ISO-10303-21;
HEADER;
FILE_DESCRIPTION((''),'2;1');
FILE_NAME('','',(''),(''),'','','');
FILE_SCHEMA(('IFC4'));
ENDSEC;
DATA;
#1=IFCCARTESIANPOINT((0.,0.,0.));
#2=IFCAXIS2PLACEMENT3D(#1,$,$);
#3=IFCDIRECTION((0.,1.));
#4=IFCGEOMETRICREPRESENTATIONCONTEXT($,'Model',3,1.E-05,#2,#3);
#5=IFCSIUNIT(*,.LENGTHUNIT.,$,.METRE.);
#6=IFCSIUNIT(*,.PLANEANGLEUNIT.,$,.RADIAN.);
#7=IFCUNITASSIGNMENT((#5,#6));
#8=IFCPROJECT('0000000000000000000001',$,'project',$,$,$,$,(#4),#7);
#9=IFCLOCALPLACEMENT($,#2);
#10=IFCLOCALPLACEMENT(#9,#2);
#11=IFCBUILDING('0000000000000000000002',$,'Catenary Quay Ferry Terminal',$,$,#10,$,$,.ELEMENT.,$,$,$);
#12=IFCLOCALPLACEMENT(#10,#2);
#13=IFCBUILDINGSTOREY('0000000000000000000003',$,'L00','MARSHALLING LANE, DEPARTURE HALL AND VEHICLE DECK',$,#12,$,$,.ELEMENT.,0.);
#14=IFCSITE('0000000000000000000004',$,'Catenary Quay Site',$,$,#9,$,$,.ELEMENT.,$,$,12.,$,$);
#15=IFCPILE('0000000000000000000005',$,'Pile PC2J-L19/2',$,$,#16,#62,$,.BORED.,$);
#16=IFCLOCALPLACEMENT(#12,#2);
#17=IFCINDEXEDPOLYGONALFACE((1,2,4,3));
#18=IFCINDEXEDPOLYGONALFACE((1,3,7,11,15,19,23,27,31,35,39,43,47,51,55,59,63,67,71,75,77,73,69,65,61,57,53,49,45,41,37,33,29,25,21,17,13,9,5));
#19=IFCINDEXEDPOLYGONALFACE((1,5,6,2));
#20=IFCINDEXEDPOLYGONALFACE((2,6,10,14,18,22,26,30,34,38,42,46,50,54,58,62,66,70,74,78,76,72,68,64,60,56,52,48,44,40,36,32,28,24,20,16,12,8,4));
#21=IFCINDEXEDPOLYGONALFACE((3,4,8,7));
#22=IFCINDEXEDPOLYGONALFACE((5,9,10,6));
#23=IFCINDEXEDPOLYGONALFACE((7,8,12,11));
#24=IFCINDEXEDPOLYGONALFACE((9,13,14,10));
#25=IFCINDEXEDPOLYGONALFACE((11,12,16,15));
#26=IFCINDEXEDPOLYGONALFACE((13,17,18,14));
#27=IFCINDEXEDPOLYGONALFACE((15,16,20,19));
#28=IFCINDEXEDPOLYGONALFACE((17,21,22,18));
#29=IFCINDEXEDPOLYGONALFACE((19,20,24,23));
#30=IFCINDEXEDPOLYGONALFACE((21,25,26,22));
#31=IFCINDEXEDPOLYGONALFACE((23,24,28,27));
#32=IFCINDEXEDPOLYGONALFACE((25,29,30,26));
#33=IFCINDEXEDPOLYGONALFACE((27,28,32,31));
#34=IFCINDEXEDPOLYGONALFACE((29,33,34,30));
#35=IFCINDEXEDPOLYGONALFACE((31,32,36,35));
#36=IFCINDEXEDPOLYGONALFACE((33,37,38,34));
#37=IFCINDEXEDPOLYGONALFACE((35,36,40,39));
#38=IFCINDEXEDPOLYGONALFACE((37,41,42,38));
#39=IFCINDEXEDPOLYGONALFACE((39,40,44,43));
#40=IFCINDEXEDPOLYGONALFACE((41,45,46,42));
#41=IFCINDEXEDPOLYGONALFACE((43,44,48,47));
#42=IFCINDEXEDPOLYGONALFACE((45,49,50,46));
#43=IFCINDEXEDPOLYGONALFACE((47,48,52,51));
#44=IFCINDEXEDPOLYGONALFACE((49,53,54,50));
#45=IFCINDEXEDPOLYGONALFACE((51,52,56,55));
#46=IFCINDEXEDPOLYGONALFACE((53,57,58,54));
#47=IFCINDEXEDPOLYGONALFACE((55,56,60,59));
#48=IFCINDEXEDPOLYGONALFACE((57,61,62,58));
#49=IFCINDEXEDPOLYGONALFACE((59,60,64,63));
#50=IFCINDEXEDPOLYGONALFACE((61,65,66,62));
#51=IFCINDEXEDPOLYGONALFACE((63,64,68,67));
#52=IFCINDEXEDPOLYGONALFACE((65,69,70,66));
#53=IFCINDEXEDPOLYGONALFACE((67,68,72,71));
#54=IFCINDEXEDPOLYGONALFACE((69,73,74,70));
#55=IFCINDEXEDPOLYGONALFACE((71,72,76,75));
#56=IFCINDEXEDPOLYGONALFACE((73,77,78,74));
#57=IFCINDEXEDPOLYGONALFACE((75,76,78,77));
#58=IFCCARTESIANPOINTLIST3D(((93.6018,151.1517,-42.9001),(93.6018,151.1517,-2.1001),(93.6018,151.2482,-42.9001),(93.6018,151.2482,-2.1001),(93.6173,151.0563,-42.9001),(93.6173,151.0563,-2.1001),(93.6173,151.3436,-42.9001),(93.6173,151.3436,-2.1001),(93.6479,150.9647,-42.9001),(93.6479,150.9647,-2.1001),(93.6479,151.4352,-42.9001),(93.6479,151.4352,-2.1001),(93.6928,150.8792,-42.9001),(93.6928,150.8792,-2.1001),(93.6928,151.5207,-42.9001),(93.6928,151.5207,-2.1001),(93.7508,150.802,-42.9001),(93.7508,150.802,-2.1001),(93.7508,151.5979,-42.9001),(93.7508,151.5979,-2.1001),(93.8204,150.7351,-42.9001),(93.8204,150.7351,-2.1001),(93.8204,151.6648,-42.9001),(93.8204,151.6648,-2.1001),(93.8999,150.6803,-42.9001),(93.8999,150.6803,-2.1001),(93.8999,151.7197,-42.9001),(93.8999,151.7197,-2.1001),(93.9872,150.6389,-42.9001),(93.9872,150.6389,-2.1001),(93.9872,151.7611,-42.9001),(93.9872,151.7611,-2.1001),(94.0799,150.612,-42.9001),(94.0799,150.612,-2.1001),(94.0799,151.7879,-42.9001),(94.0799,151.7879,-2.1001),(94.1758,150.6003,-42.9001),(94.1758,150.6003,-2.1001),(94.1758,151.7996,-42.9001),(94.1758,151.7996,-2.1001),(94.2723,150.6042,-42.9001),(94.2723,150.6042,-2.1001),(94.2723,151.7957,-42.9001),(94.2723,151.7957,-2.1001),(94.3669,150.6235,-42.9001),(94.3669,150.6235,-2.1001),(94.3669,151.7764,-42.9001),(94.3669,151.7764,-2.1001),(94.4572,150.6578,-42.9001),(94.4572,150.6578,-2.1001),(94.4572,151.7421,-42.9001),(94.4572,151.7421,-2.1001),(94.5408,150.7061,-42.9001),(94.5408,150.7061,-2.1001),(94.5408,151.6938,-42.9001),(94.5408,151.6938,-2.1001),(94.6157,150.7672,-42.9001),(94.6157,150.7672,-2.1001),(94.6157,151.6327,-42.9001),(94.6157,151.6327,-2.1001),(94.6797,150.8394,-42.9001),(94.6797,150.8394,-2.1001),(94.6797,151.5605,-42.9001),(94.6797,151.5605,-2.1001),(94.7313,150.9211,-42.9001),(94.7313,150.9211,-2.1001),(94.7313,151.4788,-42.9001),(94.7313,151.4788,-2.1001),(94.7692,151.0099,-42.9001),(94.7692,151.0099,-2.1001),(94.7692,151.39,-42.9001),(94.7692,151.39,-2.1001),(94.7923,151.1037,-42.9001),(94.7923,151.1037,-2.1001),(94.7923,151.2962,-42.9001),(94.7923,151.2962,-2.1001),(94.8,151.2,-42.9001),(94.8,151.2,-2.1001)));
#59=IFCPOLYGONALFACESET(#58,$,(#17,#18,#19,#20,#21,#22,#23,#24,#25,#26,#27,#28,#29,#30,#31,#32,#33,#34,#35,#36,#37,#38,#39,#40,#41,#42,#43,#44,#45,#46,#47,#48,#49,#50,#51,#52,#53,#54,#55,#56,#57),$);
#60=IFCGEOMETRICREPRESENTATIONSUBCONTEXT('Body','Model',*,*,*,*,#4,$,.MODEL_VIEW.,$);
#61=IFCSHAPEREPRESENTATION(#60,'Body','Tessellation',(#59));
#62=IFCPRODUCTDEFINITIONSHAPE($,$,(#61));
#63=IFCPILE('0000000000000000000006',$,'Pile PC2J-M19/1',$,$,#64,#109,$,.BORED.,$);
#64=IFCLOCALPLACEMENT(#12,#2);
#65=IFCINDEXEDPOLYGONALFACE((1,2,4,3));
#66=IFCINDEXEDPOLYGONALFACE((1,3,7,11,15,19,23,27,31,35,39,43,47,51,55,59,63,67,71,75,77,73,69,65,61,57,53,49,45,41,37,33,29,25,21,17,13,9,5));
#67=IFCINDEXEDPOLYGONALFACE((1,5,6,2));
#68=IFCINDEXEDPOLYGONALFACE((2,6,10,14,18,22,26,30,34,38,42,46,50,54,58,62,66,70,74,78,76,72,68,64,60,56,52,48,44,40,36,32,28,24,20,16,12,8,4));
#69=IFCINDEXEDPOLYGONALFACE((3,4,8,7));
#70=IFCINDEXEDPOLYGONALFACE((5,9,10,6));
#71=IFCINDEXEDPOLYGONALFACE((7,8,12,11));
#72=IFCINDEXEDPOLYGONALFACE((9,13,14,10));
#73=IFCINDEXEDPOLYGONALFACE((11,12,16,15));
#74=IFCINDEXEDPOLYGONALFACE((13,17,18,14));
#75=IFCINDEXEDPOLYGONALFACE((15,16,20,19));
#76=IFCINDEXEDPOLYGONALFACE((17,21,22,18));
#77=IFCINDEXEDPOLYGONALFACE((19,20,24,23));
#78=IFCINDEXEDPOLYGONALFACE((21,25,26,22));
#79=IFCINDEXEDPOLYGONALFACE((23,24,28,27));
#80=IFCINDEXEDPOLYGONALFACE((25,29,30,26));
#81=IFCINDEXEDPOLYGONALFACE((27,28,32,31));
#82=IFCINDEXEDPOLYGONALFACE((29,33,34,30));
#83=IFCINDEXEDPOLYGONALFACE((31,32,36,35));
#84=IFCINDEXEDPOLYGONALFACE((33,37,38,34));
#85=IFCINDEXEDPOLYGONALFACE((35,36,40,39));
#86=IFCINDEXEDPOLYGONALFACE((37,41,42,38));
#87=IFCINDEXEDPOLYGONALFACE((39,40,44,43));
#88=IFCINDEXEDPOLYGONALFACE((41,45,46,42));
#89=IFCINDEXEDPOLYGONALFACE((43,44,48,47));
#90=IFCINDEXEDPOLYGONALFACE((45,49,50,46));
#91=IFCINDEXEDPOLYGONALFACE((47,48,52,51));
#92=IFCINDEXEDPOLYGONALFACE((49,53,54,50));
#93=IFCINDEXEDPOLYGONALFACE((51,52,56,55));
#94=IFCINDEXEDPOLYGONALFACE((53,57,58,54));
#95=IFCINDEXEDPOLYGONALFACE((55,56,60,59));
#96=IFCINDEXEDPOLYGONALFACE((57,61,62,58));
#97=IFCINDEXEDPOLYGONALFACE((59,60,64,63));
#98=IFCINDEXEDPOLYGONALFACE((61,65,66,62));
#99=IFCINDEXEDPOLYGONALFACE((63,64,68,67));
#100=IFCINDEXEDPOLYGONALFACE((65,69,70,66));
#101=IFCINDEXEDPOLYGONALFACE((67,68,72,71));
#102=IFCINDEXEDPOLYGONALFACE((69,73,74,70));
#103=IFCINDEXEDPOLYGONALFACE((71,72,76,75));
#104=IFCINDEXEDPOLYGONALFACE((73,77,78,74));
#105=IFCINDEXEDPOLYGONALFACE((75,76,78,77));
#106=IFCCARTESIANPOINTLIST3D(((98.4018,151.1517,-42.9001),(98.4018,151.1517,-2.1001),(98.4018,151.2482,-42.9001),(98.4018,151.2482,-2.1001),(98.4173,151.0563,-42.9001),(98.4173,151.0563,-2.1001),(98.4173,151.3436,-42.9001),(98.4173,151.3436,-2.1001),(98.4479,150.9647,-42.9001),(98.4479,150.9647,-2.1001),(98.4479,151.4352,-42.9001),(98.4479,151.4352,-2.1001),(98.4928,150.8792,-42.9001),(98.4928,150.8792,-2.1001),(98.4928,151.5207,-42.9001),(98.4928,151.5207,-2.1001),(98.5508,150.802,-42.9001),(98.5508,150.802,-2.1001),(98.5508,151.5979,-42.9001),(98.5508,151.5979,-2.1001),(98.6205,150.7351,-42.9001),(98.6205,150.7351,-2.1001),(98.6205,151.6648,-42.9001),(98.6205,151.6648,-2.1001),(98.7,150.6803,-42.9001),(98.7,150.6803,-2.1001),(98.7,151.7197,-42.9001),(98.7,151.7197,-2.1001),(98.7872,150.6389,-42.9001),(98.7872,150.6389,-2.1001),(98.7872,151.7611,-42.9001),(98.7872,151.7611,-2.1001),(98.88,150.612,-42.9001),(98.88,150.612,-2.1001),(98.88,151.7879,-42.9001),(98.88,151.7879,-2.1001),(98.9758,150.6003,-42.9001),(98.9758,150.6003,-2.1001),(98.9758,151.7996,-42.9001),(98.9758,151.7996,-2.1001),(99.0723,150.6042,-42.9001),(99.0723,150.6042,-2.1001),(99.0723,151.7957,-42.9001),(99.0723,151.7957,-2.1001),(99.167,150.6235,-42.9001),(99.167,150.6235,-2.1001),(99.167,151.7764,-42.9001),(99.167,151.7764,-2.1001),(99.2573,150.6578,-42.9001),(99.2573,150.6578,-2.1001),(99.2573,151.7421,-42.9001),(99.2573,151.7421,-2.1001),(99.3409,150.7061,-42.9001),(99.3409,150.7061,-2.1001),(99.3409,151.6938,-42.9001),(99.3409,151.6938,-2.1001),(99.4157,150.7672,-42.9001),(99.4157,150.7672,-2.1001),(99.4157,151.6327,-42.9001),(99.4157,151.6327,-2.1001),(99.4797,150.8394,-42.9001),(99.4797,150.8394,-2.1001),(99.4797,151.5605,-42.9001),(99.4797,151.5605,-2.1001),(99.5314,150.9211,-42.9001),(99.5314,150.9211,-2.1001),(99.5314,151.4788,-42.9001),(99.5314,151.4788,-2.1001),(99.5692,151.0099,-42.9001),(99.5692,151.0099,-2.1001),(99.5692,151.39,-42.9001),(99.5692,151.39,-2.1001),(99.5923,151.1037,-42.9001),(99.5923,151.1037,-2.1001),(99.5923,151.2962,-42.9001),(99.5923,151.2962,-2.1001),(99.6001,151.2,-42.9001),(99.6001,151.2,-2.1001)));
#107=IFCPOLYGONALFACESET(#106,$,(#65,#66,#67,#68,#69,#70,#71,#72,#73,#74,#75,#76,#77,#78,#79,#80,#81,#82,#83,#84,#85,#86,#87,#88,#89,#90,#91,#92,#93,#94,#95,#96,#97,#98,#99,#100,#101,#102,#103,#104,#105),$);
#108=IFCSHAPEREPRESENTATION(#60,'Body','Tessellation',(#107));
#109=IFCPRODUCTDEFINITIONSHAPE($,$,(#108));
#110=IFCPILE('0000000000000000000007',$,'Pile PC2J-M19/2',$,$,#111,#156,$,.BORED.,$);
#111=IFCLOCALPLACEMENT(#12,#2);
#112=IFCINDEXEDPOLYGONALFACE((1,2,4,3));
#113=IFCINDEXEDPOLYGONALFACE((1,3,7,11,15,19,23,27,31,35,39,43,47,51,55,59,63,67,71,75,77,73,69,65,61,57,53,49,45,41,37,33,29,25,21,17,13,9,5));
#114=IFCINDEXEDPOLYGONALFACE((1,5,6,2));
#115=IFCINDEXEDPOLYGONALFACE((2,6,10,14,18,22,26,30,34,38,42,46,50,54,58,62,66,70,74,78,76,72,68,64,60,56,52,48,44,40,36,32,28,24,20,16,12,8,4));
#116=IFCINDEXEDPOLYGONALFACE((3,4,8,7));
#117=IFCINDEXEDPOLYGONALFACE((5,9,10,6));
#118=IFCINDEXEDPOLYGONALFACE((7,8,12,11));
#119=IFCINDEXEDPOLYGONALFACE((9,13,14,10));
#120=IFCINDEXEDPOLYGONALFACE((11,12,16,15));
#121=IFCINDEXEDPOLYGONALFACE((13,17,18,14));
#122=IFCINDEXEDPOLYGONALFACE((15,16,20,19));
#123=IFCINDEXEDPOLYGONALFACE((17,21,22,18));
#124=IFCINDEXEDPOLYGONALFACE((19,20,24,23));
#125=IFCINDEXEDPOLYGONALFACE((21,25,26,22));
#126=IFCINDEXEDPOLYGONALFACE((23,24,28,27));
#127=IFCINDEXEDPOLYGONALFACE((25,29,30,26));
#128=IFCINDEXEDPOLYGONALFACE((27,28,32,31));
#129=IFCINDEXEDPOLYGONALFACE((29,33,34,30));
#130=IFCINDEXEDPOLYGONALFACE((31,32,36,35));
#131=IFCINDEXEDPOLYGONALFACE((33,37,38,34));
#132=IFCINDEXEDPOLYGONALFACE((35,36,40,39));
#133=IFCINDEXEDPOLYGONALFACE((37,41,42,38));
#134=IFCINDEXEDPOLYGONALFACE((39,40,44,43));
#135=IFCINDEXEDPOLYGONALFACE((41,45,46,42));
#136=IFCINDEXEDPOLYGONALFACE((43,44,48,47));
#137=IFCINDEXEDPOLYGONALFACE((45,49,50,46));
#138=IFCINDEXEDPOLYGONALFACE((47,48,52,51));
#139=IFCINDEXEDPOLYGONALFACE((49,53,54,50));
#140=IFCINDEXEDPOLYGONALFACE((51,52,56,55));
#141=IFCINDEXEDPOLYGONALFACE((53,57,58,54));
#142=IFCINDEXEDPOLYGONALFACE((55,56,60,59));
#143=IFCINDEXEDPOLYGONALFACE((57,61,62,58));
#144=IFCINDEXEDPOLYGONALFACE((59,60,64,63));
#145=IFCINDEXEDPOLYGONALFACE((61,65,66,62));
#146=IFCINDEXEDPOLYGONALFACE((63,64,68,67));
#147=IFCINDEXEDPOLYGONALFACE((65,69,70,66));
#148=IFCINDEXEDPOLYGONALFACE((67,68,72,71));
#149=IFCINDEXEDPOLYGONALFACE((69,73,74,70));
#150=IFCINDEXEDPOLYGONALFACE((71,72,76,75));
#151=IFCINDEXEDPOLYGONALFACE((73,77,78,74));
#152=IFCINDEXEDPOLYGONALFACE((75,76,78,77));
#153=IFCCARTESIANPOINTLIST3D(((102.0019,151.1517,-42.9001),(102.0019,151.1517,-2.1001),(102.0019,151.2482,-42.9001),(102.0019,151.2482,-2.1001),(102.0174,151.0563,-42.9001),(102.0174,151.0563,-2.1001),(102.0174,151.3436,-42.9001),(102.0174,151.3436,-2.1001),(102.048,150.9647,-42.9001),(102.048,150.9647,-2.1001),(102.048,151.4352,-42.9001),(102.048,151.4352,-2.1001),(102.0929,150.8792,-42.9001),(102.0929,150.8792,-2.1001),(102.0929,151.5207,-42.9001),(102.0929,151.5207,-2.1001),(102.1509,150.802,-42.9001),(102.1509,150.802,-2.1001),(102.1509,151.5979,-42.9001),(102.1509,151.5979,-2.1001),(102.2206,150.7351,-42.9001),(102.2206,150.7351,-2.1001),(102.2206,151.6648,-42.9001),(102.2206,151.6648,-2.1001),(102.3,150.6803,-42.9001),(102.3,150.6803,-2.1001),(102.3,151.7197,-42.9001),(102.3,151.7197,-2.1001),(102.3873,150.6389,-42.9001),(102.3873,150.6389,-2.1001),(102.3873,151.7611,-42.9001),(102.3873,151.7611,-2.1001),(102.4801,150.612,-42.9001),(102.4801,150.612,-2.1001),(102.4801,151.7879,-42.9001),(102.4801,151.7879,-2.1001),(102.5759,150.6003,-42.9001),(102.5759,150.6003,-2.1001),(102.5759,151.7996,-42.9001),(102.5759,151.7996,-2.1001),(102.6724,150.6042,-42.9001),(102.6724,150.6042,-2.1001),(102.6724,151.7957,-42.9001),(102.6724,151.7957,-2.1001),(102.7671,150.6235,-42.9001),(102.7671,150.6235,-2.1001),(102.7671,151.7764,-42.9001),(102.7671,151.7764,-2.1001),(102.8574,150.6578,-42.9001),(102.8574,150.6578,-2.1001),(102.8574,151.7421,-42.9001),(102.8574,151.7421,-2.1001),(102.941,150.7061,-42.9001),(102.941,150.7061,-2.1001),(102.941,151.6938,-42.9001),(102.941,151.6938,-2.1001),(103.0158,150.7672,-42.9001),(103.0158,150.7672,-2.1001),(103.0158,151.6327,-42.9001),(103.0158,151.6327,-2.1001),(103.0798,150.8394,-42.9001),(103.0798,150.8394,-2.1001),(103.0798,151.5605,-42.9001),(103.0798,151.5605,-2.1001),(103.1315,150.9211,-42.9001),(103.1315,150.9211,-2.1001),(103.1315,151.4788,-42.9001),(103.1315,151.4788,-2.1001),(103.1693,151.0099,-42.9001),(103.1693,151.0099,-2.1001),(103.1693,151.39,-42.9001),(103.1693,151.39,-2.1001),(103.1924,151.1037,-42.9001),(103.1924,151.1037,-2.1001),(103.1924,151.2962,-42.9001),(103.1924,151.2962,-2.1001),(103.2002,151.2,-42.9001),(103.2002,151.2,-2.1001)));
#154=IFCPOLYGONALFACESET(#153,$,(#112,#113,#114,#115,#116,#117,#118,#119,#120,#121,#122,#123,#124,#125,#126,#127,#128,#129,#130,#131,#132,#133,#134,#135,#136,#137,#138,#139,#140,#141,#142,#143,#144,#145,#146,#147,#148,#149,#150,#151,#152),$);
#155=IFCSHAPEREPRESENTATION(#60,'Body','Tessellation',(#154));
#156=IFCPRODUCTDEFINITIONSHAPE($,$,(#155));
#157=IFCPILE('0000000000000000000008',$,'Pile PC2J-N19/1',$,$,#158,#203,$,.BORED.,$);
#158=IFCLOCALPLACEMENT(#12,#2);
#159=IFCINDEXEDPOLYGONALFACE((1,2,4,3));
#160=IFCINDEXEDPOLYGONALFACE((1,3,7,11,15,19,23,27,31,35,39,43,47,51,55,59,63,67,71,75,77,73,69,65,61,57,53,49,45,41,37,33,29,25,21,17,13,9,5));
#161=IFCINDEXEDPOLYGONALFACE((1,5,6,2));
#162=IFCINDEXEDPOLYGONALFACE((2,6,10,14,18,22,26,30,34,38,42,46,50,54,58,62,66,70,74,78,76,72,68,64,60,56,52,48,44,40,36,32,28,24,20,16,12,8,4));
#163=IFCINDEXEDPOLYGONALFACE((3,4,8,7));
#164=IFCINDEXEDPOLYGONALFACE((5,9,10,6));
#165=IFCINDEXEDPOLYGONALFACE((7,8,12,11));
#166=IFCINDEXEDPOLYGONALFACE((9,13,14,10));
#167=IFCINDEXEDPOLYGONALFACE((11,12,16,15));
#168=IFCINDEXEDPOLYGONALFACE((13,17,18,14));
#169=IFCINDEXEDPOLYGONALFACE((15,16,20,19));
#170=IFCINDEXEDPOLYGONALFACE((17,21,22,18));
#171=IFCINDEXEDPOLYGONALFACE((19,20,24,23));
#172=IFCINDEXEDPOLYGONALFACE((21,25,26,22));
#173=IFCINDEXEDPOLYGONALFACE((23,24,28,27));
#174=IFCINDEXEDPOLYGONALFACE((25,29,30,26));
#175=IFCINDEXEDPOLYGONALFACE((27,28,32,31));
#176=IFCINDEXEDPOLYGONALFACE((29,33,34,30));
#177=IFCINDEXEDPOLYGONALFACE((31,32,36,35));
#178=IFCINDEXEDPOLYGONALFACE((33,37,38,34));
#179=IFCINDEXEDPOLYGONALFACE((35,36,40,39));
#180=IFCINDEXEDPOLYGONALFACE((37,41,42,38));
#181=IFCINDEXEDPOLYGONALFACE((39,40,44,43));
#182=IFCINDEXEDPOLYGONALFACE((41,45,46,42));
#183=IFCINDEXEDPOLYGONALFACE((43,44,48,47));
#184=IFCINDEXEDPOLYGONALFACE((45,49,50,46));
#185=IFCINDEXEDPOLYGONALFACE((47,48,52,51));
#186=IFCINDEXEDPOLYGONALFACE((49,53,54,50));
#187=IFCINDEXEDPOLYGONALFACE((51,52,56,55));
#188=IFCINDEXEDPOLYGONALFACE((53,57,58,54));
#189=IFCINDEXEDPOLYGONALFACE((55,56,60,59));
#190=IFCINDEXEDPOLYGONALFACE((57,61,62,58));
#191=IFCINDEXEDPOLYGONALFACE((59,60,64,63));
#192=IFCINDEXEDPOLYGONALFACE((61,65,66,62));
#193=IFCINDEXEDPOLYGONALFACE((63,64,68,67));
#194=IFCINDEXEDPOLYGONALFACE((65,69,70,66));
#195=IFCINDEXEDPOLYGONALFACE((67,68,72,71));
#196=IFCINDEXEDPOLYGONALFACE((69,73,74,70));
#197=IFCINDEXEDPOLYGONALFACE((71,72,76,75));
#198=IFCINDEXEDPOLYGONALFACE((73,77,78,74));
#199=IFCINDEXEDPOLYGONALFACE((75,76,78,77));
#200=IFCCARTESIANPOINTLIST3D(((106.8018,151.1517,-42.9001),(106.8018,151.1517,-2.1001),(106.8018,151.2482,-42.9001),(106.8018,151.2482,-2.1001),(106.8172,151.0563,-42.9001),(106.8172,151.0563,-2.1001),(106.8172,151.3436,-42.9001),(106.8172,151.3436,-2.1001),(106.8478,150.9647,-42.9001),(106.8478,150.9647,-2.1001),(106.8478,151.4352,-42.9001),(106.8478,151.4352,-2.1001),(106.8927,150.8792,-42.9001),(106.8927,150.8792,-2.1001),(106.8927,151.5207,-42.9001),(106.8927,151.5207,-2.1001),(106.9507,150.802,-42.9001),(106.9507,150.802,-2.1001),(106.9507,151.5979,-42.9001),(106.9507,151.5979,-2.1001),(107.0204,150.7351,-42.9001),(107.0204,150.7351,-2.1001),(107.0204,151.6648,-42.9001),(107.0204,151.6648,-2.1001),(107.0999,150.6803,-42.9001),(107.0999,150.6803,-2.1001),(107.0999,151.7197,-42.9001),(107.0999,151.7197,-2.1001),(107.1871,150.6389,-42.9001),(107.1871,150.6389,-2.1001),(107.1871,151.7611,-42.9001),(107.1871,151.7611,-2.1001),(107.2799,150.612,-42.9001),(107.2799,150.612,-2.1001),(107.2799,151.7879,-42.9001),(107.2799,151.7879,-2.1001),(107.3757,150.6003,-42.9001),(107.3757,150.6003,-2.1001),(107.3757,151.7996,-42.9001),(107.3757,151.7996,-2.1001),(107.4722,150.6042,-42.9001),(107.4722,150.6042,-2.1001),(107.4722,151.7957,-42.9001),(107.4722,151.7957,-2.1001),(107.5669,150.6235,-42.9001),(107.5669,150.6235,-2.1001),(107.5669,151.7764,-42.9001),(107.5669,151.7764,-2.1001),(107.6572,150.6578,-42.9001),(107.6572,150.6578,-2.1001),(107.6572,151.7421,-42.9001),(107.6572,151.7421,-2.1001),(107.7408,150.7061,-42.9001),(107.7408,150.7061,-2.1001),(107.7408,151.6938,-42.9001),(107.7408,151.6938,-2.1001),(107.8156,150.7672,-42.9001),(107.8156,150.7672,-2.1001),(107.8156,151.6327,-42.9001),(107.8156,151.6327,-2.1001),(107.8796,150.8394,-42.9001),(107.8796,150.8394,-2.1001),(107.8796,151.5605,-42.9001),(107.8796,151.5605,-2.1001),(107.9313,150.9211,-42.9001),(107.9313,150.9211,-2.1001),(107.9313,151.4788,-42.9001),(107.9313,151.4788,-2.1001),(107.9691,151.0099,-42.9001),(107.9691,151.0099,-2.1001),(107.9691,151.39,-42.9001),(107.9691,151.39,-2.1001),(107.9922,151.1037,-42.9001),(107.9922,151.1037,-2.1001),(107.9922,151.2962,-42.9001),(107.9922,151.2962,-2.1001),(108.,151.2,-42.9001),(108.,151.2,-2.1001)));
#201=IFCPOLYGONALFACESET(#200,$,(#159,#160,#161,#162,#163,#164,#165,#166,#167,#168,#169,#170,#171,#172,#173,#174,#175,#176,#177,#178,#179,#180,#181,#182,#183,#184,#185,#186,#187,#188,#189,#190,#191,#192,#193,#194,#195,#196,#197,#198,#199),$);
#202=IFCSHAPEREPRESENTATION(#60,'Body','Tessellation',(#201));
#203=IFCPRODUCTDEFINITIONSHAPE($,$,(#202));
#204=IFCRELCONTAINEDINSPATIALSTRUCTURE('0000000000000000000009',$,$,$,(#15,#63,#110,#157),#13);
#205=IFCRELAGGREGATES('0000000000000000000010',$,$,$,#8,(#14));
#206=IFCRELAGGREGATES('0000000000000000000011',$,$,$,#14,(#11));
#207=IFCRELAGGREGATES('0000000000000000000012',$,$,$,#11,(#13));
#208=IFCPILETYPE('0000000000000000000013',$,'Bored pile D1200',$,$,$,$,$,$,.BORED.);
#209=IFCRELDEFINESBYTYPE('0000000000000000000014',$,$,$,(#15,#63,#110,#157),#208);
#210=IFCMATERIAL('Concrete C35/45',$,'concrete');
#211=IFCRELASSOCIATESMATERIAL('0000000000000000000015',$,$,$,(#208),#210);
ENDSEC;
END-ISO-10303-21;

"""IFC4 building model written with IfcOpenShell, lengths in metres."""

from ifc_helpers import new_model, si_unit, direction, frame, origin, origin_2d, place, context, subcontext, project, spatial, circle, extrude, material, material_profile, profile_set, type_object, element, save


model = new_model("IFC4")

# Units and contexts
model_context = context("Model", 3, precision=1e-05, world=origin(), true_north=direction((0.0, 1.0)))
body_context = subcontext(model_context, "Body", "Model", "MODEL_VIEW")
ifc_project = project(units=[si_unit("LENGTHUNIT", "METRE"), si_unit("PLANEANGLEUNIT", "RADIAN")], contexts=[model_context])

# Site, building, storey
site_placement = place(None, origin())
site = spatial("IfcSite", under=ifc_project, at=site_placement, Name="Catenary Quay Site", CompositionType="ELEMENT", RefElevation=12.0)
building_placement = place(site_placement, origin())
building = spatial("IfcBuilding", under=site, at=building_placement, Name="Catenary Quay Ferry Terminal", CompositionType="ELEMENT")
storey_placement = place(building_placement, origin())
storey = spatial("IfcBuildingStorey", under=building, at=storey_placement, Name="L00", Description="MARSHALLING LANE, DEPARTURE HALL AND VEHICLE DECK", CompositionType="ELEMENT", Elevation=0.0)

# Piles
ifc_material_1 = material(Name="Concrete C35/45", Category="concrete")
ifc_material_profile = material_profile(ifc_material_1, circle(Radius=0.6001, at=origin_2d()), Name="D1200")
ifc_profile_set = profile_set([ifc_material_profile], Name="Concrete C35/45")
pile_type = type_object("IfcPileType", Name="Bored pile D1200", PredefinedType="BORED", material=ifc_profile_set)
for number, where, z_axis, x_axis, name in (
    (1, (94.2, 151.2, -2.1001), (0.0, 0.0, -1.0), (1.0, 0.0, 0.0), "Pile PC2J-L19/2"),
    (2, (99.0, 151.2, -2.1001), (0.0, 0.0, -1.0), (1.0, 0.0, 0.0), "Pile PC2J-M19/1"),
    (3, (102.6001, 151.2, -2.1001), (0.0, 0.0, -1.0), (1.0, 0.0, 0.0), "Pile PC2J-M19/2"),
    (4, (107.3999, 151.2, -2.1001), (0.0, 0.0, -1.0), (1.0, 0.0, 0.0), "Pile PC2J-N19/1"),
):
    element("IfcPile", number, at=place(storey_placement, frame(where, z_axis=z_axis, x_axis=x_axis)), inside=storey, type_object=pile_type, Name=name, PredefinedType="BORED", context=body_context, shape_type="SweptSolid", body=[
        extrude(circle(Radius=0.6001, at=origin_2d()), origin(), (0.0, 0.0, 1.0), 40.8),
    ])

save(model, "model.ifc")
